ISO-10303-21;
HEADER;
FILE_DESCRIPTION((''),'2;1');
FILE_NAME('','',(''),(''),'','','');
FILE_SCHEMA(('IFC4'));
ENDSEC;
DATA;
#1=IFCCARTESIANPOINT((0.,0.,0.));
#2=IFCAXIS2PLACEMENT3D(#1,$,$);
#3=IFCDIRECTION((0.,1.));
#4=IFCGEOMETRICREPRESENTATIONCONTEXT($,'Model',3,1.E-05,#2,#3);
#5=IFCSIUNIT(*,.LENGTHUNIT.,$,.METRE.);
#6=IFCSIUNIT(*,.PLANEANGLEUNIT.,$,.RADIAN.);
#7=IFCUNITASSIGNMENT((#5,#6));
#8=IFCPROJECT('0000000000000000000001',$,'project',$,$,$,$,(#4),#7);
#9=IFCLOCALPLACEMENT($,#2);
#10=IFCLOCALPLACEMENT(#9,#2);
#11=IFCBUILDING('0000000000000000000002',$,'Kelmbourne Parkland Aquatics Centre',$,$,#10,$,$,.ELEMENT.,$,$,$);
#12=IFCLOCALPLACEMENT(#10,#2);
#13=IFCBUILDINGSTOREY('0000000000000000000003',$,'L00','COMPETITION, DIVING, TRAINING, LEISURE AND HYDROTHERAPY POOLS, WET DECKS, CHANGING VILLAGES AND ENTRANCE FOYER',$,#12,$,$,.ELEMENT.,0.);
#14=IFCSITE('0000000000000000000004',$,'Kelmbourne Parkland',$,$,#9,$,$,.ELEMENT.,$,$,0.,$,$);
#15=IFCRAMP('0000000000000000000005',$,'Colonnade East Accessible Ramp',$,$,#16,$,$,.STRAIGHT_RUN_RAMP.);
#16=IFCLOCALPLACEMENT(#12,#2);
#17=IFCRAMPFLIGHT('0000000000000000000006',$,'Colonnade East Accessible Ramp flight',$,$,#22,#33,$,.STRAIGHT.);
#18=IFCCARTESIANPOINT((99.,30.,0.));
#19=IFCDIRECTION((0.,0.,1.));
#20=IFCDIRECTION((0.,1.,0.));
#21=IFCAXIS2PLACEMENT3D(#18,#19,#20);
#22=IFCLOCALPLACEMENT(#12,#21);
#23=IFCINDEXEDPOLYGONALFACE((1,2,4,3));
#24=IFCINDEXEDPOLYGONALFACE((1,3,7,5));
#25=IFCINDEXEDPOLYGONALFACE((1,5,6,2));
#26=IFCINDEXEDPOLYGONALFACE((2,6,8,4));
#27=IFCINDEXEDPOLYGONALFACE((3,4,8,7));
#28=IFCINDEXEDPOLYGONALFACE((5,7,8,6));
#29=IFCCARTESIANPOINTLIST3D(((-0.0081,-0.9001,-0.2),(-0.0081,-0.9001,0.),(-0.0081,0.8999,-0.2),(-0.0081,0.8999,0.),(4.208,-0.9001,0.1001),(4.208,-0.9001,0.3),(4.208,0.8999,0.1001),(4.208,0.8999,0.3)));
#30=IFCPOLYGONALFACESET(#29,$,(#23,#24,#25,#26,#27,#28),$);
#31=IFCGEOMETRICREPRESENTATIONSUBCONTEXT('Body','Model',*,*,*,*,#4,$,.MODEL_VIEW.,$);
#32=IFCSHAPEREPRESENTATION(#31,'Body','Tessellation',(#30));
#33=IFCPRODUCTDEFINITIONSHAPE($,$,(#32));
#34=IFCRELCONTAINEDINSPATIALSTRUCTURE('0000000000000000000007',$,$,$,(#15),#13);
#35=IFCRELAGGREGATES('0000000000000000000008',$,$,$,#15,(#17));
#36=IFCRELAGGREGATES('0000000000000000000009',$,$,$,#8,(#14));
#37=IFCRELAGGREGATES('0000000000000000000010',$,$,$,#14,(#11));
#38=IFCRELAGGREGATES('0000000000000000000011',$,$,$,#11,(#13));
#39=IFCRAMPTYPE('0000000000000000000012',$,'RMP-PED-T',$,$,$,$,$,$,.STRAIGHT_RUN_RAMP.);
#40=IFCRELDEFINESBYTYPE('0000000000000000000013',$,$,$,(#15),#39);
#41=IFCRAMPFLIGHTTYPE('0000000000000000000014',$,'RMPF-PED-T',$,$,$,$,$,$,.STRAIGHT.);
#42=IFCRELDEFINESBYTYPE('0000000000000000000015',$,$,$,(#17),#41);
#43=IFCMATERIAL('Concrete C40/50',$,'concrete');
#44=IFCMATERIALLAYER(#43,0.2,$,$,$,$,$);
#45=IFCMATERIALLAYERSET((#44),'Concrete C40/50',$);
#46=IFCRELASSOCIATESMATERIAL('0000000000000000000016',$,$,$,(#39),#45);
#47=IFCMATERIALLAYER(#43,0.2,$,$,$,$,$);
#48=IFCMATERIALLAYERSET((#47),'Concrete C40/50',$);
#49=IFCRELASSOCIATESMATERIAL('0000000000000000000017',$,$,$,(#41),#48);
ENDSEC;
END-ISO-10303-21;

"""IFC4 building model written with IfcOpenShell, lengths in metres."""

from ifc_helpers import new_model, si_unit, direction, frame, origin, place, context, subcontext, project, spatial, polyline, outline, extrude, material, layer, layer_set, type_object, element, aggregate, save


model = new_model("IFC4")

# Units and contexts
model_context = context("Model", 3, precision=1e-05, world=origin(), true_north=direction((0.0, 1.0)))
body_context = subcontext(model_context, "Body", "Model", "MODEL_VIEW")
ifc_project = project(units=[si_unit("LENGTHUNIT", "METRE"), si_unit("PLANEANGLEUNIT", "RADIAN")], contexts=[model_context])

# Site, building, storey
site_placement = place(None, origin())
site = spatial("IfcSite", under=ifc_project, at=site_placement, Name="Kelmbourne Parkland", CompositionType="ELEMENT", RefElevation=0.0)
building_placement = place(site_placement, origin())
building = spatial("IfcBuilding", under=site, at=building_placement, Name="Kelmbourne Parkland Aquatics Centre", CompositionType="ELEMENT")
storey_placement = place(building_placement, origin())
storey = spatial("IfcBuildingStorey", under=building, at=storey_placement, Name="L00", Description="COMPETITION, DIVING, TRAINING, LEISURE AND HYDROTHERAPY POOLS, WET DECKS, CHANGING VILLAGES AND ENTRANCE FOYER", CompositionType="ELEMENT", Elevation=0.0)

# Shared definitions
ifc_material_1 = material(Name="Concrete C40/50", Category="concrete")

# Ramp, ramp flight
ifc_layer_1 = layer(ifc_material_1, 0.2)
ifc_layer_set_1 = layer_set([ifc_layer_1], Name="Concrete C40/50")
ramp_type = type_object("IfcRampType", Name="RMP-PED-T", PredefinedType="STRAIGHT_RUN_RAMP", material=ifc_layer_set_1)
ramp_placement = place(storey_placement, origin())
ramp = element("IfcRamp", 1, at=ramp_placement, inside=storey, type_object=ramp_type, Name="Colonnade East Accessible Ramp", PredefinedType="STRAIGHT_RUN_RAMP")
ifc_layer_2 = layer(ifc_material_1, 0.2)
ifc_layer_set_2 = layer_set([ifc_layer_2], Name="Concrete C40/50")
ramp_flight_type = type_object("IfcRampFlightType", Name="RMPF-PED-T", PredefinedType="STRAIGHT", material=ifc_layer_set_2)
ramp_flight_placement = place(storey_placement, frame((99.0, 30.0, 0.0), z_axis=(0.0, 0.0, 1.0), x_axis=(0.0, 1.0, 0.0)))
ramp_flight = element("IfcRampFlight", 2, at=ramp_flight_placement, type_object=ramp_flight_type, Name="Colonnade East Accessible Ramp flight", PredefinedType="STRAIGHT", context=body_context, shape_type="SweptSolid", body=[
    extrude(outline(polyline([(-0.0081, -0.2), (4.208, 0.1001), (4.208, 0.3), (-0.0081, 0.0), (-0.0081, -0.2)])), frame((0.0, 0.8999, 0.0), z_axis=(0.0, -1.0, 0.0), x_axis=(1.0, 0.0, 0.0)), (0.0, 0.0, 1.0), 1.8),
])
aggregate(ramp, [ramp_flight])

save(model, "model.ifc")
